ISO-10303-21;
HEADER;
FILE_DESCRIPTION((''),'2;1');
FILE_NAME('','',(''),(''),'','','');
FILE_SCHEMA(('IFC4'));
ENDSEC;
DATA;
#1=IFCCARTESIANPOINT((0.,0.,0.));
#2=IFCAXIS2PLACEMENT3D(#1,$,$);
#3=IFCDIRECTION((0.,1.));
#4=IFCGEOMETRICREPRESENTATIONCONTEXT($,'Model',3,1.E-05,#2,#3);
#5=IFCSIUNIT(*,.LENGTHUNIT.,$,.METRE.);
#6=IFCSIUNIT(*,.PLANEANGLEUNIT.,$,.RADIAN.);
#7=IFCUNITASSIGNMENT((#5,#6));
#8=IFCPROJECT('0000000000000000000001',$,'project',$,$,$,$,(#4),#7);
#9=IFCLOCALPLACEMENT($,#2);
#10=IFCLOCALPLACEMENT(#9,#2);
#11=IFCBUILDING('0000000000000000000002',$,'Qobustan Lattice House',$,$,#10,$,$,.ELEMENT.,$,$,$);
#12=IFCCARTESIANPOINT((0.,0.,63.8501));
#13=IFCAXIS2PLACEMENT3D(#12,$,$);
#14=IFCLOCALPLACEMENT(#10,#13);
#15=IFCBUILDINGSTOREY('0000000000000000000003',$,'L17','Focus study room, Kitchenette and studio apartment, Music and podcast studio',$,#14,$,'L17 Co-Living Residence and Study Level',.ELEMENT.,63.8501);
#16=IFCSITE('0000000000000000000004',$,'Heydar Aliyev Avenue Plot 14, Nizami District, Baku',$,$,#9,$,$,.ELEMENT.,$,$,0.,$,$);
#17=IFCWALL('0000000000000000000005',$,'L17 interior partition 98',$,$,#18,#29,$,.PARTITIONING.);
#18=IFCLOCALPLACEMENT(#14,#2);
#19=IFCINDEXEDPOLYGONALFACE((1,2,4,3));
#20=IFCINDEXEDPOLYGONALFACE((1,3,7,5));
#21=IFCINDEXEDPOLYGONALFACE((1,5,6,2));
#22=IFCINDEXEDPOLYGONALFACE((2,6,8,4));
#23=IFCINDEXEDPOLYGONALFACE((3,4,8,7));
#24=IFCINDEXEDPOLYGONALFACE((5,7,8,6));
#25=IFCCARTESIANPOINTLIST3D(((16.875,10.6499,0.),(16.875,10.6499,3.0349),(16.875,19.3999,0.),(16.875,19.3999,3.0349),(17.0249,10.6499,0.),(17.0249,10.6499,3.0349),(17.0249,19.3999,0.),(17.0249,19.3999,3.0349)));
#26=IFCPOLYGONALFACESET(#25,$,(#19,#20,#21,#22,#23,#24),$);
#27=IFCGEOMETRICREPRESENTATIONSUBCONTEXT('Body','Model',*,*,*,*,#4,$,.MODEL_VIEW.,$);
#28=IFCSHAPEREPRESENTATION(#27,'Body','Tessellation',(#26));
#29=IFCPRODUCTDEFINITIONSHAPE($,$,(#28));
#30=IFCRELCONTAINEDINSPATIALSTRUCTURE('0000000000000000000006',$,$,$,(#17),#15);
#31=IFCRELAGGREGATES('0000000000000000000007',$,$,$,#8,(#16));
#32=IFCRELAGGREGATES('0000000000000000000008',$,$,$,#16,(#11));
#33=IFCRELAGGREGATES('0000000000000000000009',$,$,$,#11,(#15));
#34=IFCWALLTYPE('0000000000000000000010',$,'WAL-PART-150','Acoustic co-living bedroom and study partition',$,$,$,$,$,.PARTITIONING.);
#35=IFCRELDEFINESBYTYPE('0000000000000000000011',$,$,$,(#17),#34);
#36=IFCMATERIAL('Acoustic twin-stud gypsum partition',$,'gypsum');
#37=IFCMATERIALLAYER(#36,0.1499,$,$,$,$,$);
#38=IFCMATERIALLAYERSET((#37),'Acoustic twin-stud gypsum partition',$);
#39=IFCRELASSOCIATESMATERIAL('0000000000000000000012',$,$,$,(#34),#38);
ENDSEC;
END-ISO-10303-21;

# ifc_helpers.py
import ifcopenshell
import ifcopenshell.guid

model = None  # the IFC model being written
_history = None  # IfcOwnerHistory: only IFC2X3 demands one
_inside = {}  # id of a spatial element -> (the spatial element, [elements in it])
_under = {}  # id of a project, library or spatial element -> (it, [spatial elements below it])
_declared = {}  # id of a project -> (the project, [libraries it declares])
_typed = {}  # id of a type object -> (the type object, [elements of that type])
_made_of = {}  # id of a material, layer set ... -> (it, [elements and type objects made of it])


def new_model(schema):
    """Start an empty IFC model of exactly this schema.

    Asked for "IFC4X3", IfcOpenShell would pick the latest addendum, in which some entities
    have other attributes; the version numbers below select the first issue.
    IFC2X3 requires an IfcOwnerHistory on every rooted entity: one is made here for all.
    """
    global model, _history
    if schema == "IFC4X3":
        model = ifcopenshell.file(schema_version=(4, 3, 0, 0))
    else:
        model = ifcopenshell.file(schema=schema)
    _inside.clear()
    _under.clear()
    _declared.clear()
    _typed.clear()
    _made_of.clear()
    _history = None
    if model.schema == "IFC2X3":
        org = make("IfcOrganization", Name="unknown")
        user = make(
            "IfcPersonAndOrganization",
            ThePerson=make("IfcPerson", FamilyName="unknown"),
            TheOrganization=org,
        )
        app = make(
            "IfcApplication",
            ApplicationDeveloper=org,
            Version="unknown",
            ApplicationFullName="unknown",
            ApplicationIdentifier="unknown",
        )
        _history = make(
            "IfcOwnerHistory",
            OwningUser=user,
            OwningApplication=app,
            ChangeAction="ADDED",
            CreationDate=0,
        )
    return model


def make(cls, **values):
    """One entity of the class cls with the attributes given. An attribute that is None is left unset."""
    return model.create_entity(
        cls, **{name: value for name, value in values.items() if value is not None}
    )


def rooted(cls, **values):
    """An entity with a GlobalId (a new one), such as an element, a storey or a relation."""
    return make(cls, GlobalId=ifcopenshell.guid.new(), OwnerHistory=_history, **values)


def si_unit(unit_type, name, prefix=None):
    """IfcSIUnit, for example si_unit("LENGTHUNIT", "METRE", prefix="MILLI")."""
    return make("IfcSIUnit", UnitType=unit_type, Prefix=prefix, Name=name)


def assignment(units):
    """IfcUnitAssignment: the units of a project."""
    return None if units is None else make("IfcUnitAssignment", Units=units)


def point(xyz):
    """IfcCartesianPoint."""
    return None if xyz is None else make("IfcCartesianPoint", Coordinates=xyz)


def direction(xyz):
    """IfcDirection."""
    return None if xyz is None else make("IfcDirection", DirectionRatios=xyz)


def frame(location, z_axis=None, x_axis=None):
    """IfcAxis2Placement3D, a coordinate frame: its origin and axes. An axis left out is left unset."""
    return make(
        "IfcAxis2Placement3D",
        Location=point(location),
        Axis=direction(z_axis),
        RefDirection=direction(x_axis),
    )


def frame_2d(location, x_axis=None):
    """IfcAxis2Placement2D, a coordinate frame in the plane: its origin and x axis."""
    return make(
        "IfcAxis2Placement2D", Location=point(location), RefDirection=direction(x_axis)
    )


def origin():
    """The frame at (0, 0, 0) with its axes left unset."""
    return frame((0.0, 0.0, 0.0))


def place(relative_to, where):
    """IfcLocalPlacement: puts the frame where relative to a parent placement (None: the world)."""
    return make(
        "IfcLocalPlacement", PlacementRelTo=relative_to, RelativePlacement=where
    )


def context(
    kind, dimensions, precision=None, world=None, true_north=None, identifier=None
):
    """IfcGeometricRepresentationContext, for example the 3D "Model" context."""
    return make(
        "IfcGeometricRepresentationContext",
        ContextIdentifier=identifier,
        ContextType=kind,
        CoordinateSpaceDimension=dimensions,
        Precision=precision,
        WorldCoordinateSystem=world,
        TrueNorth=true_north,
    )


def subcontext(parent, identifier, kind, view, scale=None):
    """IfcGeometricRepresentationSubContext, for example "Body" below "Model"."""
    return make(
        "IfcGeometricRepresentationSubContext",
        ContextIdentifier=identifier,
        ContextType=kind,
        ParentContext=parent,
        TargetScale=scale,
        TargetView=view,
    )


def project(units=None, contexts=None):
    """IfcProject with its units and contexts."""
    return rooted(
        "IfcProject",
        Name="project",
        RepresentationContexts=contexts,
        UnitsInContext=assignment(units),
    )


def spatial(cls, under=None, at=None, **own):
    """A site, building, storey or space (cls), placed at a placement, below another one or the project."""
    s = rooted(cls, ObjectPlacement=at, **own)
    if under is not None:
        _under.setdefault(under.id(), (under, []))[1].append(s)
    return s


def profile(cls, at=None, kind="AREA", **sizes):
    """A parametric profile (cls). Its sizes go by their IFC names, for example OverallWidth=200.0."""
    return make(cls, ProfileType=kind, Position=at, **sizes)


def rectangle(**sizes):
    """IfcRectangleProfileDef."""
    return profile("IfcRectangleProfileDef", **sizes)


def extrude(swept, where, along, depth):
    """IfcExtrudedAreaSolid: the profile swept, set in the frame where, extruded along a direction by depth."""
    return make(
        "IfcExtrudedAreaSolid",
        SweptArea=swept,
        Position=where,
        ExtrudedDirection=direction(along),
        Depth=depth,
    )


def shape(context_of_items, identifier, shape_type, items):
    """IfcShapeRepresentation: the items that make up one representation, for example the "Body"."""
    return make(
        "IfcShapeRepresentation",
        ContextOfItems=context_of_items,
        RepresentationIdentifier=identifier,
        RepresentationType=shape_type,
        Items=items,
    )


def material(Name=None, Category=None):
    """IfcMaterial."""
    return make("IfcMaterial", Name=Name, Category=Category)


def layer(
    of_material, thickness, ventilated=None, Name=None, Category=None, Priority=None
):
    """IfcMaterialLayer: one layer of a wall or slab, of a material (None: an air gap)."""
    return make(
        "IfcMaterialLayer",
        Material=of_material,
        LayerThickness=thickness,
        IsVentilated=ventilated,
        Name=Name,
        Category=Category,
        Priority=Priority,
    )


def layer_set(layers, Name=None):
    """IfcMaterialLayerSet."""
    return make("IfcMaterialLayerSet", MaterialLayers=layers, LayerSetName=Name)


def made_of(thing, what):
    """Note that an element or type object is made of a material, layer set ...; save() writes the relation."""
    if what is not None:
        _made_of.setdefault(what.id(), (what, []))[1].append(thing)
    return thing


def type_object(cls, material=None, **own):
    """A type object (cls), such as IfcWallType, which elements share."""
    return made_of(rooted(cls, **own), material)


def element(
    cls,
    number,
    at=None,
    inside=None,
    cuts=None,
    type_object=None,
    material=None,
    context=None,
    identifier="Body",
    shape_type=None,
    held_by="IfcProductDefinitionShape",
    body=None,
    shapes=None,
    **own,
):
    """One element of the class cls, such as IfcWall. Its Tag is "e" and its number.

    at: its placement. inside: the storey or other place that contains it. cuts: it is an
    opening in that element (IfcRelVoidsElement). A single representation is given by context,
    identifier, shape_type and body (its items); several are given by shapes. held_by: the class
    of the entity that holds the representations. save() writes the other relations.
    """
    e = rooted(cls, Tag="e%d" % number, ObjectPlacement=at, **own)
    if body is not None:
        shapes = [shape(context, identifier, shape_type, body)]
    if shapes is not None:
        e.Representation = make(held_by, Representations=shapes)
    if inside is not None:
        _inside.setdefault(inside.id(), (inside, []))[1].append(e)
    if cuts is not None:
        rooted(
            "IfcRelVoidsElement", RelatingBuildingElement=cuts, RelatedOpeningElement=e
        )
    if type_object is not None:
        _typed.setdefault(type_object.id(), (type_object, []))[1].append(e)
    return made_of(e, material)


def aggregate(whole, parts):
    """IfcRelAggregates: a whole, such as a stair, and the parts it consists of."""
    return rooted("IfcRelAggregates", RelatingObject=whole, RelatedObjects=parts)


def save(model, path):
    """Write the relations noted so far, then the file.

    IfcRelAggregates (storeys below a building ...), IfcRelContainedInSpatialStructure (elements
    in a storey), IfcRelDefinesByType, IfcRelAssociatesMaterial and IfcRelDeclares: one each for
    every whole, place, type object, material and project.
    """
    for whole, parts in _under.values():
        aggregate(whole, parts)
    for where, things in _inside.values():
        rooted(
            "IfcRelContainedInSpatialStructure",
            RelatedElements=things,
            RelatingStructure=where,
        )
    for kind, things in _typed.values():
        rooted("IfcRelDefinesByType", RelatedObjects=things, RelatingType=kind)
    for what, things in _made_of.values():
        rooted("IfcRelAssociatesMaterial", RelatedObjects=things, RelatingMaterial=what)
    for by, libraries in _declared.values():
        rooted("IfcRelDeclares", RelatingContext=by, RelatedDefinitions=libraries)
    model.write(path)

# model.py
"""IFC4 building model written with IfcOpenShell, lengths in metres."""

from ifc_helpers import new_model, si_unit, direction, frame, frame_2d, origin, place, context, subcontext, project, spatial, rectangle, extrude, material, layer, layer_set, type_object, element, save


model = new_model("IFC4")

# Units and contexts
model_context = context("Model", 3, precision=1e-05, world=origin(), true_north=direction((0.0, 1.0)))
body_context = subcontext(model_context, "Body", "Model", "MODEL_VIEW")
ifc_project = project(units=[si_unit("LENGTHUNIT", "METRE"), si_unit("PLANEANGLEUNIT", "RADIAN")], contexts=[model_context])

# Site, building, storey
site_placement = place(None, origin())
site = spatial("IfcSite", under=ifc_project, at=site_placement, Name="Heydar Aliyev Avenue Plot 14, Nizami District, Baku", CompositionType="ELEMENT", RefElevation=0.0)
building_placement = place(site_placement, origin())
building = spatial("IfcBuilding", under=site, at=building_placement, Name="Qobustan Lattice House", CompositionType="ELEMENT")
storey_placement = place(building_placement, frame((0.0, 0.0, 63.8501)))
storey = spatial("IfcBuildingStorey", under=building, at=storey_placement, Name="L17", Description="Focus study room, Kitchenette and studio apartment, Music and podcast studio", LongName="L17 Co-Living Residence and Study Level", CompositionType="ELEMENT", Elevation=63.8501)

# Wall
ifc_material_1 = material(Name="Acoustic twin-stud gypsum partition", Category="gypsum")
ifc_layer_1 = layer(ifc_material_1, 0.1499)
ifc_layer_set_1 = layer_set([ifc_layer_1], Name="Acoustic twin-stud gypsum partition")
wall_type_1 = type_object("IfcWallType", Name="WAL-PART-150", Description="Acoustic co-living bedroom and study partition", PredefinedType="PARTITIONING", material=ifc_layer_set_1)
wall_1_placement = place(storey_placement, frame((16.95, 19.3999, 0.0), z_axis=(0.0, 0.0, 1.0), x_axis=(0.0, -1.0, 0.0)))
element("IfcWall", 1, at=wall_1_placement, inside=storey, type_object=wall_type_1, Name="L17 interior partition 98", PredefinedType="PARTITIONING", context=body_context, shape_type="SweptSolid", body=[
    extrude(rectangle(XDim=8.75, YDim=0.1499, at=frame_2d((4.375, 0.0))), origin(), (0.0, 0.0, 1.0), 3.0349),
])

save(model, "model.ifc")
